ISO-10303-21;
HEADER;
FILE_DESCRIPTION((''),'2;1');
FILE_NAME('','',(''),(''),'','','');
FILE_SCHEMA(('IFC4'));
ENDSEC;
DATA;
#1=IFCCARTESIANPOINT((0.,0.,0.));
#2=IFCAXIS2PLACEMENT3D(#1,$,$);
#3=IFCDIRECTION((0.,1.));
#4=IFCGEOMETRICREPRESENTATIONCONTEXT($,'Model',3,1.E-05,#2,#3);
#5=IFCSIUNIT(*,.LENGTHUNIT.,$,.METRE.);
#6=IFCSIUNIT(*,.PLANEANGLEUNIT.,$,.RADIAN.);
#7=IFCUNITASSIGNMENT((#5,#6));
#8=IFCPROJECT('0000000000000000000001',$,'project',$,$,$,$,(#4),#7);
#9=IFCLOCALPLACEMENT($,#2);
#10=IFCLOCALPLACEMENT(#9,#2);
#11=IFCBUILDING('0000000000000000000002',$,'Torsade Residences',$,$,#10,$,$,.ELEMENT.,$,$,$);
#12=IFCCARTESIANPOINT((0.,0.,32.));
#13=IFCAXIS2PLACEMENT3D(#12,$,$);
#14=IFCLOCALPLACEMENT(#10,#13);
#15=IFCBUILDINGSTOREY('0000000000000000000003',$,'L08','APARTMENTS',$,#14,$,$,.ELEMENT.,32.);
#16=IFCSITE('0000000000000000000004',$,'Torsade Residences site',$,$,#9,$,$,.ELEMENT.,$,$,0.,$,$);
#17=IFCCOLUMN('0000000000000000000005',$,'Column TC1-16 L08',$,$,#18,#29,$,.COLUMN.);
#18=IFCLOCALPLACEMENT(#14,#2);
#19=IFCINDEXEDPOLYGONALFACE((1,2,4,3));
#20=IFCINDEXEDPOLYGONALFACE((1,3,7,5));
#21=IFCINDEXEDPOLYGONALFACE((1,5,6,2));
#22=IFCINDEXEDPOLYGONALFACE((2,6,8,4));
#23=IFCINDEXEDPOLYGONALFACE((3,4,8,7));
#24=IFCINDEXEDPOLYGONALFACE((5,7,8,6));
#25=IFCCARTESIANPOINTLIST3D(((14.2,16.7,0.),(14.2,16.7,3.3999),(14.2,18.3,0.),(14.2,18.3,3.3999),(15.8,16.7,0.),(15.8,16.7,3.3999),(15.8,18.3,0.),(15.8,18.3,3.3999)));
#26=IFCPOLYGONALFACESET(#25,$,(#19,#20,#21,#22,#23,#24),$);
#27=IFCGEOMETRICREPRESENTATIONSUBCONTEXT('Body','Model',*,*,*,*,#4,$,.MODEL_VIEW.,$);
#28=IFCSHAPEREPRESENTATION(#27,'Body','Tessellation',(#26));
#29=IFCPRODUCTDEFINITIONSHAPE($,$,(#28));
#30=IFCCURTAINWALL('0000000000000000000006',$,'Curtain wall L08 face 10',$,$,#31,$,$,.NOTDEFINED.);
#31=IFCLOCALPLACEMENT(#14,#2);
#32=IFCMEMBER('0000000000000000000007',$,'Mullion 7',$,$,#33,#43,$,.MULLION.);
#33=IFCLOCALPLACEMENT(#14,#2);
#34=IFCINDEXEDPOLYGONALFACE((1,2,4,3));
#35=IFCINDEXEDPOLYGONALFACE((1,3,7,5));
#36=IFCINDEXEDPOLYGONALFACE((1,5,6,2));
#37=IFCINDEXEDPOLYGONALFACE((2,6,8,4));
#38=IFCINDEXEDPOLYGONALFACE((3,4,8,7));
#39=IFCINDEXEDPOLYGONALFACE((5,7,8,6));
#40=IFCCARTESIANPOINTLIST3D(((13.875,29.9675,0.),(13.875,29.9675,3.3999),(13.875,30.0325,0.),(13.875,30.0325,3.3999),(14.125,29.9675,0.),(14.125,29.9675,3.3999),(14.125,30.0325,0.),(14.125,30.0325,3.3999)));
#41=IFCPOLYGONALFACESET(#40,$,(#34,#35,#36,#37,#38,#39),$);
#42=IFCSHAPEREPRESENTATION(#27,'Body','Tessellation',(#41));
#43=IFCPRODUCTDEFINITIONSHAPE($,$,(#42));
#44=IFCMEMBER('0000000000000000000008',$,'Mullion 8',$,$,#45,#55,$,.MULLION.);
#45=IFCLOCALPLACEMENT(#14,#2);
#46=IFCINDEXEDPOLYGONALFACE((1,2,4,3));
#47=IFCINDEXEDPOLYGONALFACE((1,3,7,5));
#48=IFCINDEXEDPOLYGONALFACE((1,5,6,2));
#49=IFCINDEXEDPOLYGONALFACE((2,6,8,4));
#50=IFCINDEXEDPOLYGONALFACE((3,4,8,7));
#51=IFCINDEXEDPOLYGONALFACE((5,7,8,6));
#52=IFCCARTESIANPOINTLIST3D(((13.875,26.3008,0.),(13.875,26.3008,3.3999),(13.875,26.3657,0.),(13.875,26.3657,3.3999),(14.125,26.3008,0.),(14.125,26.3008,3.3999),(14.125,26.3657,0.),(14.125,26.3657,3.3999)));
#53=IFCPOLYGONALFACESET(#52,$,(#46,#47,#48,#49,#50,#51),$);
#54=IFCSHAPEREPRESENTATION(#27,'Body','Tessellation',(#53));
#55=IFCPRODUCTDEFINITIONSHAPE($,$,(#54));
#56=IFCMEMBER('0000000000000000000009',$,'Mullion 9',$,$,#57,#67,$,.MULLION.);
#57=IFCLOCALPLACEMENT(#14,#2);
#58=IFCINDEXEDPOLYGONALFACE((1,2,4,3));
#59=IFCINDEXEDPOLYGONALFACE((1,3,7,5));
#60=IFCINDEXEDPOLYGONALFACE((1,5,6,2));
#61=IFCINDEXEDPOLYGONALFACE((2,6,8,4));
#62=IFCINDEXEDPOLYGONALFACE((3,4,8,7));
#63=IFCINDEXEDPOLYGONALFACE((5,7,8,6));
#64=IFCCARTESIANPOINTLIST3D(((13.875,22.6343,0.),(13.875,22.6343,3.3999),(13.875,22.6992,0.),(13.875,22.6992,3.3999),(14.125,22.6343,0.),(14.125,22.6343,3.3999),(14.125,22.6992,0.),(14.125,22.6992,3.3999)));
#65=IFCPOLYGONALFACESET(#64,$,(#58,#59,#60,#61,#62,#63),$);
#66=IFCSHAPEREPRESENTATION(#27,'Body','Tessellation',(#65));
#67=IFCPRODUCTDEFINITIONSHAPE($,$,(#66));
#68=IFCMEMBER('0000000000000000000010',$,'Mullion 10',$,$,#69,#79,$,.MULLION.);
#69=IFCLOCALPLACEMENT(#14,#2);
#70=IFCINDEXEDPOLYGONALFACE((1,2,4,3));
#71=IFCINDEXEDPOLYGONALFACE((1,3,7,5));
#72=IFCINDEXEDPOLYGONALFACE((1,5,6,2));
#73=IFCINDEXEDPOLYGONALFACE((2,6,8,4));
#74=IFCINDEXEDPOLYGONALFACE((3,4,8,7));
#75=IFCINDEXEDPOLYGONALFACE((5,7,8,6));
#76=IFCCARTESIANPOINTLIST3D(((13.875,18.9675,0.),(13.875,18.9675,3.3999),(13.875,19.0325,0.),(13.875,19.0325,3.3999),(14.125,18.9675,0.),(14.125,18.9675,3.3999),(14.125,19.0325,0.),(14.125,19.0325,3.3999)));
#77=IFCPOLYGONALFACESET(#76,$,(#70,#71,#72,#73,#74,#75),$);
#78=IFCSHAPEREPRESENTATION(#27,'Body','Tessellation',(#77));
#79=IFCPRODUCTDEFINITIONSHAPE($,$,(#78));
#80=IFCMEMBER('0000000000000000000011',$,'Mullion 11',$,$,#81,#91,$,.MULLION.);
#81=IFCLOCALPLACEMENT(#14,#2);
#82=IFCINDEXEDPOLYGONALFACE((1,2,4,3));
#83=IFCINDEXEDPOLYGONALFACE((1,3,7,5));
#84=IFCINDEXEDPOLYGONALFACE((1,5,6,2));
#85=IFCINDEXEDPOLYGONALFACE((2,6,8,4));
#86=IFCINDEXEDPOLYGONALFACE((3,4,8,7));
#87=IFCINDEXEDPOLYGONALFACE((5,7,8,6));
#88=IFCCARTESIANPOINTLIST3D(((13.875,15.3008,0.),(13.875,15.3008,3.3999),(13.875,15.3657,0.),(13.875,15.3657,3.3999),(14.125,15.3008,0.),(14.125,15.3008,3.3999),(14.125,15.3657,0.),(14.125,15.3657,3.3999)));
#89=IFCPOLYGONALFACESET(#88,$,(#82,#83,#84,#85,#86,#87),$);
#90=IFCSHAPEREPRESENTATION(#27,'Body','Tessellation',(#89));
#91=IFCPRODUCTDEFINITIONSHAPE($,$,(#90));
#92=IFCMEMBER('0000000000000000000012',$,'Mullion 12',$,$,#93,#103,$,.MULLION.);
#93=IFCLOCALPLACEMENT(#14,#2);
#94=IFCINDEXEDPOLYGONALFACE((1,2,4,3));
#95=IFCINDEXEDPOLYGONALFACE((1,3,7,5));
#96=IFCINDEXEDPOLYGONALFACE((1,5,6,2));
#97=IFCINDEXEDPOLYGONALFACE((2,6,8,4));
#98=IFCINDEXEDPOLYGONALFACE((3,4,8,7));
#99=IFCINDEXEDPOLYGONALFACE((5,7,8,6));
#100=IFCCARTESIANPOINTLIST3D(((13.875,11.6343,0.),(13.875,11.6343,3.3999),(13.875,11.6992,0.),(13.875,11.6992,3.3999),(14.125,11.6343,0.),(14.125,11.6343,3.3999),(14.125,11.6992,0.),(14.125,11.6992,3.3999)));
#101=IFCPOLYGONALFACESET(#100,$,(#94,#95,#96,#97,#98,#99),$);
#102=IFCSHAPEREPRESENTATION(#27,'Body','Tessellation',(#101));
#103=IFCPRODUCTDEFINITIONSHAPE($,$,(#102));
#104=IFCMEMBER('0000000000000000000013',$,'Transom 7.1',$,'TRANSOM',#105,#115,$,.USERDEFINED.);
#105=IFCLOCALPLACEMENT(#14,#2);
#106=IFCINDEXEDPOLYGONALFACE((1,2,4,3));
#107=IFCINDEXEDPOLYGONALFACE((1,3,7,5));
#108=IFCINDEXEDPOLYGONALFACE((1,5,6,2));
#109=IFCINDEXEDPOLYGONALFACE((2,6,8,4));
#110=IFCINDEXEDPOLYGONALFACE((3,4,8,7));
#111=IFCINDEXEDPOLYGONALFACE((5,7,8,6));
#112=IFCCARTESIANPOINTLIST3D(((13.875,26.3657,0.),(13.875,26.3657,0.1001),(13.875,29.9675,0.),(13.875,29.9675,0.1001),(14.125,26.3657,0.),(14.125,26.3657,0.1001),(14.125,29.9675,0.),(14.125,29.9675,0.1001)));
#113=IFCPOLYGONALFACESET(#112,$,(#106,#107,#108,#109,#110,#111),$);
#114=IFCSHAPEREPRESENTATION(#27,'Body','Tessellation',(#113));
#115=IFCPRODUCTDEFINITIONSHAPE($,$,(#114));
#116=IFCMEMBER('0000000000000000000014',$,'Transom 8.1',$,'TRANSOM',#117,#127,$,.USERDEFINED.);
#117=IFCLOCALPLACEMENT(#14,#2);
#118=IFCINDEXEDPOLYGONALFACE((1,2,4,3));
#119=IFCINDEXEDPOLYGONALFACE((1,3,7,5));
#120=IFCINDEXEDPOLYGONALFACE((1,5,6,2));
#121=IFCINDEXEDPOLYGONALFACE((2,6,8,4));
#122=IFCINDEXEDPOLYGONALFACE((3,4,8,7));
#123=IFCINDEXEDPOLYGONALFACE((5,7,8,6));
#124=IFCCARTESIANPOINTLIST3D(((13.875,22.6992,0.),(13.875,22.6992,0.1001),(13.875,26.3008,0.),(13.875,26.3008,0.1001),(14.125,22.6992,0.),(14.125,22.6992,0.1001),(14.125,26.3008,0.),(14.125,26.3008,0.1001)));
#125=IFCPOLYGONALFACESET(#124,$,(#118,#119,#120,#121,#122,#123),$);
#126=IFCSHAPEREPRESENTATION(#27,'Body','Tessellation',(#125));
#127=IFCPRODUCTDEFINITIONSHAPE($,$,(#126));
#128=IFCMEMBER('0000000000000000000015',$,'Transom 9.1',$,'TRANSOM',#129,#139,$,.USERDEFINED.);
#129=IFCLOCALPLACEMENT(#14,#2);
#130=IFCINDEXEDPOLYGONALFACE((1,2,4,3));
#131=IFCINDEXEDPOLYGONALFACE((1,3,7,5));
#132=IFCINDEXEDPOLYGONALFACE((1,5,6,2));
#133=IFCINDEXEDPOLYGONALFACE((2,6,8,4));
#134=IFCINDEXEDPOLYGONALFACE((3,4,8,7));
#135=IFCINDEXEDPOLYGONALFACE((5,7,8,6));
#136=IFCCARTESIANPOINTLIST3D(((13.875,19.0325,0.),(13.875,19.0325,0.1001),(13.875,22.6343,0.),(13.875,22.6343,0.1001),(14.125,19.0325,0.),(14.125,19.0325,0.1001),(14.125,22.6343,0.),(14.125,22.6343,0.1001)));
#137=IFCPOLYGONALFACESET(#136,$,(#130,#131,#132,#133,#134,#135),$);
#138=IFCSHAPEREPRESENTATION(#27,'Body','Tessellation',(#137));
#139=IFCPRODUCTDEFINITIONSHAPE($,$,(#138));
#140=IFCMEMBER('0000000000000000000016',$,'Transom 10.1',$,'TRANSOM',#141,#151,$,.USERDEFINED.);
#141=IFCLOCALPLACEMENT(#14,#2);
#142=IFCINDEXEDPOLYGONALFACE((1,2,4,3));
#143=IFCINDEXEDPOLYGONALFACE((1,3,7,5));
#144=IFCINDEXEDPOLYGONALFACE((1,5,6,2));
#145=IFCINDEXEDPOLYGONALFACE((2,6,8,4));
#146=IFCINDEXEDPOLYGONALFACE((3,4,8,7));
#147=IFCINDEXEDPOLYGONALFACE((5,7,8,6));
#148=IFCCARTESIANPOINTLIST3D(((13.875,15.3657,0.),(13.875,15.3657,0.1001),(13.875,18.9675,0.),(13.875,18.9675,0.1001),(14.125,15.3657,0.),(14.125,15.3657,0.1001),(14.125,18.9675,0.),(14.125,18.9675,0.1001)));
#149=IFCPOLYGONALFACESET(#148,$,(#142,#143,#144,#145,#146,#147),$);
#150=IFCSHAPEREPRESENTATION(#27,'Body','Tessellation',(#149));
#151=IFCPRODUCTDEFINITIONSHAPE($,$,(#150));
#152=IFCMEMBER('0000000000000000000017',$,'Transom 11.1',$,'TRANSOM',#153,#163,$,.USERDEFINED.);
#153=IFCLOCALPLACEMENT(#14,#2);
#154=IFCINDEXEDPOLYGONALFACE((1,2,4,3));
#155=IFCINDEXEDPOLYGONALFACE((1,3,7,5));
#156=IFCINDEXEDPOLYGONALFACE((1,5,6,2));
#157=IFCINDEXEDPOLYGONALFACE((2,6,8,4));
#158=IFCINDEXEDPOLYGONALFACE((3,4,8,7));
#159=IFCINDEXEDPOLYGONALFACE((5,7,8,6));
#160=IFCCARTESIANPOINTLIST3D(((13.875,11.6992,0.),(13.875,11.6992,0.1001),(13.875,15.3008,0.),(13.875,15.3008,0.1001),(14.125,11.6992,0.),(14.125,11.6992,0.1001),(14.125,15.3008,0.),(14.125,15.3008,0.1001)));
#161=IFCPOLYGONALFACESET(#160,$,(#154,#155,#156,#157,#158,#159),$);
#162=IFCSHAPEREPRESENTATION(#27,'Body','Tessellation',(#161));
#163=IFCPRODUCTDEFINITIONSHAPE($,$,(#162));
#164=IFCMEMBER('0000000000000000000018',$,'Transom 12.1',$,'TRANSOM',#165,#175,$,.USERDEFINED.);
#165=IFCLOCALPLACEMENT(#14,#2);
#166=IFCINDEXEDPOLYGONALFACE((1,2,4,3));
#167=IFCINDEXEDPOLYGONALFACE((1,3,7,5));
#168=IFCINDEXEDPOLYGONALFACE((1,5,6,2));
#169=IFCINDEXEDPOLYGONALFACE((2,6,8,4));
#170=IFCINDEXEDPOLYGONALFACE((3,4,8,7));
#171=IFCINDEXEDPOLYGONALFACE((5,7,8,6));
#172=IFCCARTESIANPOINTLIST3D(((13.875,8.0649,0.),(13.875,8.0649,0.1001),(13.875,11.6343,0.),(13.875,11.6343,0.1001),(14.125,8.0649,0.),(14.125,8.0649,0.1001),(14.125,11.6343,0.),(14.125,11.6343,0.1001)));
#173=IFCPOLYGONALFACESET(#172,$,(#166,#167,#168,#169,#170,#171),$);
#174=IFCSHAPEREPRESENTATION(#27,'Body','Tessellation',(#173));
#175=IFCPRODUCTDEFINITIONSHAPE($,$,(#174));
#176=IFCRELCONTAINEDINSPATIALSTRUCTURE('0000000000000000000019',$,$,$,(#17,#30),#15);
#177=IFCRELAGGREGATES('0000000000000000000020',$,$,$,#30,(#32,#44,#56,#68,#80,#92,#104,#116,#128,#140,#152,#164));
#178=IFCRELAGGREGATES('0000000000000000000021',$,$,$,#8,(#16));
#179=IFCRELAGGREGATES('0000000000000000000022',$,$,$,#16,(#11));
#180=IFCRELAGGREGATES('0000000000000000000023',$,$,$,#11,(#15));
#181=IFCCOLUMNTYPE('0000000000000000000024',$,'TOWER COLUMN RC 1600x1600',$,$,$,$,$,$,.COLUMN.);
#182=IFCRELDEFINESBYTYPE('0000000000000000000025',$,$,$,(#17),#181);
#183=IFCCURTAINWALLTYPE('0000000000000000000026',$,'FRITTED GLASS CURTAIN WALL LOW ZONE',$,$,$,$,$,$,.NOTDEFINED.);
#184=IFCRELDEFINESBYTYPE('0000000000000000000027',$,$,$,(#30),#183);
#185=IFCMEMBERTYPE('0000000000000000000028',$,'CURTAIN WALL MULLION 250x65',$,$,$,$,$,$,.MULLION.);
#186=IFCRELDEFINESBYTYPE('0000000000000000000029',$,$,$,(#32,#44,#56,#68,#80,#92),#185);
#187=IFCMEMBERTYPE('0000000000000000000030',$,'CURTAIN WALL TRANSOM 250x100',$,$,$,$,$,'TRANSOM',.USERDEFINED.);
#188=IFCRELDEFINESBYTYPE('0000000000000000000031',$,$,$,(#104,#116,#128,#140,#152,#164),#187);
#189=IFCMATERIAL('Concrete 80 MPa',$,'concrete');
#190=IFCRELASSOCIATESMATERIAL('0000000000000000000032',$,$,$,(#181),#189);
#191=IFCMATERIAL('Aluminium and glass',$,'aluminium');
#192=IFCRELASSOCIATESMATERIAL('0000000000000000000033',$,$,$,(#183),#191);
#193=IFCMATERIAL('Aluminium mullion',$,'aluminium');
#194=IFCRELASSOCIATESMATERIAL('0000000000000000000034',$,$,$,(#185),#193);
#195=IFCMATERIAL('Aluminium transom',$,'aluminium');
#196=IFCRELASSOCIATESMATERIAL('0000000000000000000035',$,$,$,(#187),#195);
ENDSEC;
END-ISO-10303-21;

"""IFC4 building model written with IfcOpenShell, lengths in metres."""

from ifc_helpers import new_model, si_unit, direction, frame, origin, origin_2d, place, context, subcontext, project, spatial, rectangle, extrude, material, material_profile, profile_set, type_object, element, aggregate, save


model = new_model("IFC4")

# Units and contexts
model_context = context("Model", 3, precision=1e-05, world=origin(), true_north=direction((0.0, 1.0)))
body_context = subcontext(model_context, "Body", "Model", "MODEL_VIEW")
ifc_project = project(units=[si_unit("LENGTHUNIT", "METRE"), si_unit("PLANEANGLEUNIT", "RADIAN")], contexts=[model_context])

# Site, building, storey
site_placement = place(None, origin())
site = spatial("IfcSite", under=ifc_project, at=site_placement, Name="Torsade Residences site", CompositionType="ELEMENT", RefElevation=0.0)
building_placement = place(site_placement, origin())
building = spatial("IfcBuilding", under=site, at=building_placement, Name="Torsade Residences", CompositionType="ELEMENT")
storey_placement = place(building_placement, frame((0.0, 0.0, 32.0)))
storey = spatial("IfcBuildingStorey", under=building, at=storey_placement, Name="L08", Description="APARTMENTS", CompositionType="ELEMENT", Elevation=32.0)

# Column
ifc_material_1 = material(Name="Concrete 80 MPa", Category="concrete")
ifc_material_profile_1 = material_profile(ifc_material_1, rectangle(XDim=1.6001, YDim=1.6001, at=origin_2d()), Name="RC 1600x1600")
ifc_profile_set_1 = profile_set([ifc_material_profile_1], Name="Concrete 80 MPa")
column_type = type_object("IfcColumnType", Name="TOWER COLUMN RC 1600x1600", PredefinedType="COLUMN", material=ifc_profile_set_1)
column_placement = place(storey_placement, frame((15.0, 17.5, 0.0), z_axis=(0.0, 0.0, 1.0), x_axis=(1.0, 0.0, 0.0)))
element("IfcColumn", 1, at=column_placement, inside=storey, type_object=column_type, Name="Column TC1-16 L08", PredefinedType="COLUMN", context=body_context, shape_type="SweptSolid", body=[
    extrude(rectangle(XDim=1.6001, YDim=1.6001, at=origin_2d()), origin(), (0.0, 0.0, 1.0), 3.3999),
])

# Curtain wall, members
ifc_material_2 = material(Name="Aluminium and glass", Category="aluminium")
curtain_wall_type = type_object("IfcCurtainWallType", Name="FRITTED GLASS CURTAIN WALL LOW ZONE", PredefinedType="NOTDEFINED", material=ifc_material_2)
curtain_wall_placement = place(storey_placement, origin())
curtain_wall = element("IfcCurtainWall", 2, at=curtain_wall_placement, inside=storey, type_object=curtain_wall_type, Name="Curtain wall L08 face 10", PredefinedType="NOTDEFINED")
ifc_material_3 = material(Name="Aluminium mullion", Category="aluminium")
ifc_material_profile_2 = material_profile(ifc_material_3, rectangle(XDim=0.25, YDim=0.0649, at=origin_2d()), Name="CURTAIN WALL MULLION 250x65")
ifc_profile_set_2 = profile_set([ifc_material_profile_2], Name="Aluminium mullion")
member_type_1 = type_object("IfcMemberType", Name="CURTAIN WALL MULLION 250x65", PredefinedType="MULLION", material=ifc_profile_set_2)
member_1_placement = place(storey_placement, frame((14.0, 30.0, 0.0), z_axis=(0.0, 0.0, 1.0), x_axis=(1.0, 0.0, 0.0)))
member_1 = element("IfcMember", 3, at=member_1_placement, type_object=member_type_1, Name="Mullion 7", PredefinedType="MULLION", context=body_context, shape_type="SweptSolid", body=[
    extrude(rectangle(XDim=0.25, YDim=0.0649, at=origin_2d()), origin(), (0.0, 0.0, 1.0), 3.3999),
])
member_2_placement = place(storey_placement, frame((14.0, 26.3333, 0.0), z_axis=(0.0, 0.0, 1.0), x_axis=(1.0, 0.0, 0.0)))
member_2 = element("IfcMember", 4, at=member_2_placement, type_object=member_type_1, Name="Mullion 8", PredefinedType="MULLION", context=body_context, shape_type="SweptSolid", body=[
    extrude(rectangle(XDim=0.25, YDim=0.0649, at=origin_2d()), origin(), (0.0, 0.0, 1.0), 3.3999),
])
member_3_placement = place(storey_placement, frame((14.0, 22.6667, 0.0), z_axis=(0.0, 0.0, 1.0), x_axis=(1.0, 0.0, 0.0)))
member_3 = element("IfcMember", 5, at=member_3_placement, type_object=member_type_1, Name="Mullion 9", PredefinedType="MULLION", context=body_context, shape_type="SweptSolid", body=[
    extrude(rectangle(XDim=0.25, YDim=0.0649, at=origin_2d()), origin(), (0.0, 0.0, 1.0), 3.3999),
])
member_4_placement = place(storey_placement, frame((14.0, 19.0, 0.0), z_axis=(0.0, 0.0, 1.0), x_axis=(1.0, 0.0, 0.0)))
member_4 = element("IfcMember", 6, at=member_4_placement, type_object=member_type_1, Name="Mullion 10", PredefinedType="MULLION", context=body_context, shape_type="SweptSolid", body=[
    extrude(rectangle(XDim=0.25, YDim=0.0649, at=origin_2d()), origin(), (0.0, 0.0, 1.0), 3.3999),
])
member_5_placement = place(storey_placement, frame((14.0, 15.3333, 0.0), z_axis=(0.0, 0.0, 1.0), x_axis=(1.0, 0.0, 0.0)))
member_5 = element("IfcMember", 7, at=member_5_placement, type_object=member_type_1, Name="Mullion 11", PredefinedType="MULLION", context=body_context, shape_type="SweptSolid", body=[
    extrude(rectangle(XDim=0.25, YDim=0.0649, at=origin_2d()), origin(), (0.0, 0.0, 1.0), 3.3999),
])
member_6_placement = place(storey_placement, frame((14.0, 11.6667, 0.0), z_axis=(0.0, 0.0, 1.0), x_axis=(1.0, 0.0, 0.0)))
member_6 = element("IfcMember", 8, at=member_6_placement, type_object=member_type_1, Name="Mullion 12", PredefinedType="MULLION", context=body_context, shape_type="SweptSolid", body=[
    extrude(rectangle(XDim=0.25, YDim=0.0649, at=origin_2d()), origin(), (0.0, 0.0, 1.0), 3.3999),
])
ifc_material_4 = material(Name="Aluminium transom", Category="aluminium")
ifc_material_profile_3 = material_profile(ifc_material_4, rectangle(XDim=0.25, YDim=0.1001, at=origin_2d()), Name="CURTAIN WALL TRANSOM 250x100")
ifc_profile_set_3 = profile_set([ifc_material_profile_3], Name="Aluminium transom")
member_type_2 = type_object("IfcMemberType", Name="CURTAIN WALL TRANSOM 250x100", ElementType="TRANSOM", PredefinedType="USERDEFINED", material=ifc_profile_set_3)
member_7_placement = place(storey_placement, frame((14.0, 29.9675, 0.05), z_axis=(0.0, -1.0, 0.0), x_axis=(1.0, 0.0, 0.0)))
member_7 = element("IfcMember", 9, at=member_7_placement, type_object=member_type_2, Name="Transom 7.1", ObjectType="TRANSOM", PredefinedType="USERDEFINED", context=body_context, shape_type="SweptSolid", body=[
    extrude(rectangle(XDim=0.25, YDim=0.1001, at=origin_2d()), origin(), (0.0, 0.0, 1.0), 3.6018),
])
member_8_placement = place(storey_placement, frame((14.0, 26.3008, 0.05), z_axis=(0.0, -1.0, 0.0), x_axis=(1.0, 0.0, 0.0)))
member_8 = element("IfcMember", 10, at=member_8_placement, type_object=member_type_2, Name="Transom 8.1", ObjectType="TRANSOM", PredefinedType="USERDEFINED", context=body_context, shape_type="SweptSolid", body=[
    extrude(rectangle(XDim=0.25, YDim=0.1001, at=origin_2d()), origin(), (0.0, 0.0, 1.0), 3.6016),
])
member_9_placement = place(storey_placement, frame((14.0, 22.6343, 0.05), z_axis=(0.0, -1.0, 0.0), x_axis=(1.0, 0.0, 0.0)))
member_9 = element("IfcMember", 11, at=member_9_placement, type_object=member_type_2, Name="Transom 9.1", ObjectType="TRANSOM", PredefinedType="USERDEFINED", context=body_context, shape_type="SweptSolid", body=[
    extrude(rectangle(XDim=0.25, YDim=0.1001, at=origin_2d()), origin(), (0.0, 0.0, 1.0), 3.6018),
])
member_10_placement = place(storey_placement, frame((14.0, 18.9675, 0.05), z_axis=(0.0, -1.0, 0.0), x_axis=(1.0, 0.0, 0.0)))
member_10 = element("IfcMember", 12, at=member_10_placement, type_object=member_type_2, Name="Transom 10.1", ObjectType="TRANSOM", PredefinedType="USERDEFINED", context=body_context, shape_type="SweptSolid", body=[
    extrude(rectangle(XDim=0.25, YDim=0.1001, at=origin_2d()), origin(), (0.0, 0.0, 1.0), 3.6018),
])
member_11_placement = place(storey_placement, frame((14.0, 15.3008, 0.05), z_axis=(0.0, -1.0, 0.0), x_axis=(1.0, 0.0, 0.0)))
member_11 = element("IfcMember", 13, at=member_11_placement, type_object=member_type_2, Name="Transom 11.1", ObjectType="TRANSOM", PredefinedType="USERDEFINED", context=body_context, shape_type="SweptSolid", body=[
    extrude(rectangle(XDim=0.25, YDim=0.1001, at=origin_2d()), origin(), (0.0, 0.0, 1.0), 3.6016),
])
member_12_placement = place(storey_placement, frame((14.0, 11.6343, 0.05), z_axis=(0.0, -1.0, 0.0), x_axis=(1.0, 0.0, 0.0)))
member_12 = element("IfcMember", 14, at=member_12_placement, type_object=member_type_2, Name="Transom 12.1", ObjectType="TRANSOM", PredefinedType="USERDEFINED", context=body_context, shape_type="SweptSolid", body=[
    extrude(rectangle(XDim=0.25, YDim=0.1001, at=origin_2d()), origin(), (0.0, 0.0, 1.0), 3.5693),
])

aggregate(curtain_wall, [member_1, member_2, member_3, member_4, member_5, member_6, member_7, member_8, member_9, member_10, member_11, member_12])

save(model, "model.ifc")
